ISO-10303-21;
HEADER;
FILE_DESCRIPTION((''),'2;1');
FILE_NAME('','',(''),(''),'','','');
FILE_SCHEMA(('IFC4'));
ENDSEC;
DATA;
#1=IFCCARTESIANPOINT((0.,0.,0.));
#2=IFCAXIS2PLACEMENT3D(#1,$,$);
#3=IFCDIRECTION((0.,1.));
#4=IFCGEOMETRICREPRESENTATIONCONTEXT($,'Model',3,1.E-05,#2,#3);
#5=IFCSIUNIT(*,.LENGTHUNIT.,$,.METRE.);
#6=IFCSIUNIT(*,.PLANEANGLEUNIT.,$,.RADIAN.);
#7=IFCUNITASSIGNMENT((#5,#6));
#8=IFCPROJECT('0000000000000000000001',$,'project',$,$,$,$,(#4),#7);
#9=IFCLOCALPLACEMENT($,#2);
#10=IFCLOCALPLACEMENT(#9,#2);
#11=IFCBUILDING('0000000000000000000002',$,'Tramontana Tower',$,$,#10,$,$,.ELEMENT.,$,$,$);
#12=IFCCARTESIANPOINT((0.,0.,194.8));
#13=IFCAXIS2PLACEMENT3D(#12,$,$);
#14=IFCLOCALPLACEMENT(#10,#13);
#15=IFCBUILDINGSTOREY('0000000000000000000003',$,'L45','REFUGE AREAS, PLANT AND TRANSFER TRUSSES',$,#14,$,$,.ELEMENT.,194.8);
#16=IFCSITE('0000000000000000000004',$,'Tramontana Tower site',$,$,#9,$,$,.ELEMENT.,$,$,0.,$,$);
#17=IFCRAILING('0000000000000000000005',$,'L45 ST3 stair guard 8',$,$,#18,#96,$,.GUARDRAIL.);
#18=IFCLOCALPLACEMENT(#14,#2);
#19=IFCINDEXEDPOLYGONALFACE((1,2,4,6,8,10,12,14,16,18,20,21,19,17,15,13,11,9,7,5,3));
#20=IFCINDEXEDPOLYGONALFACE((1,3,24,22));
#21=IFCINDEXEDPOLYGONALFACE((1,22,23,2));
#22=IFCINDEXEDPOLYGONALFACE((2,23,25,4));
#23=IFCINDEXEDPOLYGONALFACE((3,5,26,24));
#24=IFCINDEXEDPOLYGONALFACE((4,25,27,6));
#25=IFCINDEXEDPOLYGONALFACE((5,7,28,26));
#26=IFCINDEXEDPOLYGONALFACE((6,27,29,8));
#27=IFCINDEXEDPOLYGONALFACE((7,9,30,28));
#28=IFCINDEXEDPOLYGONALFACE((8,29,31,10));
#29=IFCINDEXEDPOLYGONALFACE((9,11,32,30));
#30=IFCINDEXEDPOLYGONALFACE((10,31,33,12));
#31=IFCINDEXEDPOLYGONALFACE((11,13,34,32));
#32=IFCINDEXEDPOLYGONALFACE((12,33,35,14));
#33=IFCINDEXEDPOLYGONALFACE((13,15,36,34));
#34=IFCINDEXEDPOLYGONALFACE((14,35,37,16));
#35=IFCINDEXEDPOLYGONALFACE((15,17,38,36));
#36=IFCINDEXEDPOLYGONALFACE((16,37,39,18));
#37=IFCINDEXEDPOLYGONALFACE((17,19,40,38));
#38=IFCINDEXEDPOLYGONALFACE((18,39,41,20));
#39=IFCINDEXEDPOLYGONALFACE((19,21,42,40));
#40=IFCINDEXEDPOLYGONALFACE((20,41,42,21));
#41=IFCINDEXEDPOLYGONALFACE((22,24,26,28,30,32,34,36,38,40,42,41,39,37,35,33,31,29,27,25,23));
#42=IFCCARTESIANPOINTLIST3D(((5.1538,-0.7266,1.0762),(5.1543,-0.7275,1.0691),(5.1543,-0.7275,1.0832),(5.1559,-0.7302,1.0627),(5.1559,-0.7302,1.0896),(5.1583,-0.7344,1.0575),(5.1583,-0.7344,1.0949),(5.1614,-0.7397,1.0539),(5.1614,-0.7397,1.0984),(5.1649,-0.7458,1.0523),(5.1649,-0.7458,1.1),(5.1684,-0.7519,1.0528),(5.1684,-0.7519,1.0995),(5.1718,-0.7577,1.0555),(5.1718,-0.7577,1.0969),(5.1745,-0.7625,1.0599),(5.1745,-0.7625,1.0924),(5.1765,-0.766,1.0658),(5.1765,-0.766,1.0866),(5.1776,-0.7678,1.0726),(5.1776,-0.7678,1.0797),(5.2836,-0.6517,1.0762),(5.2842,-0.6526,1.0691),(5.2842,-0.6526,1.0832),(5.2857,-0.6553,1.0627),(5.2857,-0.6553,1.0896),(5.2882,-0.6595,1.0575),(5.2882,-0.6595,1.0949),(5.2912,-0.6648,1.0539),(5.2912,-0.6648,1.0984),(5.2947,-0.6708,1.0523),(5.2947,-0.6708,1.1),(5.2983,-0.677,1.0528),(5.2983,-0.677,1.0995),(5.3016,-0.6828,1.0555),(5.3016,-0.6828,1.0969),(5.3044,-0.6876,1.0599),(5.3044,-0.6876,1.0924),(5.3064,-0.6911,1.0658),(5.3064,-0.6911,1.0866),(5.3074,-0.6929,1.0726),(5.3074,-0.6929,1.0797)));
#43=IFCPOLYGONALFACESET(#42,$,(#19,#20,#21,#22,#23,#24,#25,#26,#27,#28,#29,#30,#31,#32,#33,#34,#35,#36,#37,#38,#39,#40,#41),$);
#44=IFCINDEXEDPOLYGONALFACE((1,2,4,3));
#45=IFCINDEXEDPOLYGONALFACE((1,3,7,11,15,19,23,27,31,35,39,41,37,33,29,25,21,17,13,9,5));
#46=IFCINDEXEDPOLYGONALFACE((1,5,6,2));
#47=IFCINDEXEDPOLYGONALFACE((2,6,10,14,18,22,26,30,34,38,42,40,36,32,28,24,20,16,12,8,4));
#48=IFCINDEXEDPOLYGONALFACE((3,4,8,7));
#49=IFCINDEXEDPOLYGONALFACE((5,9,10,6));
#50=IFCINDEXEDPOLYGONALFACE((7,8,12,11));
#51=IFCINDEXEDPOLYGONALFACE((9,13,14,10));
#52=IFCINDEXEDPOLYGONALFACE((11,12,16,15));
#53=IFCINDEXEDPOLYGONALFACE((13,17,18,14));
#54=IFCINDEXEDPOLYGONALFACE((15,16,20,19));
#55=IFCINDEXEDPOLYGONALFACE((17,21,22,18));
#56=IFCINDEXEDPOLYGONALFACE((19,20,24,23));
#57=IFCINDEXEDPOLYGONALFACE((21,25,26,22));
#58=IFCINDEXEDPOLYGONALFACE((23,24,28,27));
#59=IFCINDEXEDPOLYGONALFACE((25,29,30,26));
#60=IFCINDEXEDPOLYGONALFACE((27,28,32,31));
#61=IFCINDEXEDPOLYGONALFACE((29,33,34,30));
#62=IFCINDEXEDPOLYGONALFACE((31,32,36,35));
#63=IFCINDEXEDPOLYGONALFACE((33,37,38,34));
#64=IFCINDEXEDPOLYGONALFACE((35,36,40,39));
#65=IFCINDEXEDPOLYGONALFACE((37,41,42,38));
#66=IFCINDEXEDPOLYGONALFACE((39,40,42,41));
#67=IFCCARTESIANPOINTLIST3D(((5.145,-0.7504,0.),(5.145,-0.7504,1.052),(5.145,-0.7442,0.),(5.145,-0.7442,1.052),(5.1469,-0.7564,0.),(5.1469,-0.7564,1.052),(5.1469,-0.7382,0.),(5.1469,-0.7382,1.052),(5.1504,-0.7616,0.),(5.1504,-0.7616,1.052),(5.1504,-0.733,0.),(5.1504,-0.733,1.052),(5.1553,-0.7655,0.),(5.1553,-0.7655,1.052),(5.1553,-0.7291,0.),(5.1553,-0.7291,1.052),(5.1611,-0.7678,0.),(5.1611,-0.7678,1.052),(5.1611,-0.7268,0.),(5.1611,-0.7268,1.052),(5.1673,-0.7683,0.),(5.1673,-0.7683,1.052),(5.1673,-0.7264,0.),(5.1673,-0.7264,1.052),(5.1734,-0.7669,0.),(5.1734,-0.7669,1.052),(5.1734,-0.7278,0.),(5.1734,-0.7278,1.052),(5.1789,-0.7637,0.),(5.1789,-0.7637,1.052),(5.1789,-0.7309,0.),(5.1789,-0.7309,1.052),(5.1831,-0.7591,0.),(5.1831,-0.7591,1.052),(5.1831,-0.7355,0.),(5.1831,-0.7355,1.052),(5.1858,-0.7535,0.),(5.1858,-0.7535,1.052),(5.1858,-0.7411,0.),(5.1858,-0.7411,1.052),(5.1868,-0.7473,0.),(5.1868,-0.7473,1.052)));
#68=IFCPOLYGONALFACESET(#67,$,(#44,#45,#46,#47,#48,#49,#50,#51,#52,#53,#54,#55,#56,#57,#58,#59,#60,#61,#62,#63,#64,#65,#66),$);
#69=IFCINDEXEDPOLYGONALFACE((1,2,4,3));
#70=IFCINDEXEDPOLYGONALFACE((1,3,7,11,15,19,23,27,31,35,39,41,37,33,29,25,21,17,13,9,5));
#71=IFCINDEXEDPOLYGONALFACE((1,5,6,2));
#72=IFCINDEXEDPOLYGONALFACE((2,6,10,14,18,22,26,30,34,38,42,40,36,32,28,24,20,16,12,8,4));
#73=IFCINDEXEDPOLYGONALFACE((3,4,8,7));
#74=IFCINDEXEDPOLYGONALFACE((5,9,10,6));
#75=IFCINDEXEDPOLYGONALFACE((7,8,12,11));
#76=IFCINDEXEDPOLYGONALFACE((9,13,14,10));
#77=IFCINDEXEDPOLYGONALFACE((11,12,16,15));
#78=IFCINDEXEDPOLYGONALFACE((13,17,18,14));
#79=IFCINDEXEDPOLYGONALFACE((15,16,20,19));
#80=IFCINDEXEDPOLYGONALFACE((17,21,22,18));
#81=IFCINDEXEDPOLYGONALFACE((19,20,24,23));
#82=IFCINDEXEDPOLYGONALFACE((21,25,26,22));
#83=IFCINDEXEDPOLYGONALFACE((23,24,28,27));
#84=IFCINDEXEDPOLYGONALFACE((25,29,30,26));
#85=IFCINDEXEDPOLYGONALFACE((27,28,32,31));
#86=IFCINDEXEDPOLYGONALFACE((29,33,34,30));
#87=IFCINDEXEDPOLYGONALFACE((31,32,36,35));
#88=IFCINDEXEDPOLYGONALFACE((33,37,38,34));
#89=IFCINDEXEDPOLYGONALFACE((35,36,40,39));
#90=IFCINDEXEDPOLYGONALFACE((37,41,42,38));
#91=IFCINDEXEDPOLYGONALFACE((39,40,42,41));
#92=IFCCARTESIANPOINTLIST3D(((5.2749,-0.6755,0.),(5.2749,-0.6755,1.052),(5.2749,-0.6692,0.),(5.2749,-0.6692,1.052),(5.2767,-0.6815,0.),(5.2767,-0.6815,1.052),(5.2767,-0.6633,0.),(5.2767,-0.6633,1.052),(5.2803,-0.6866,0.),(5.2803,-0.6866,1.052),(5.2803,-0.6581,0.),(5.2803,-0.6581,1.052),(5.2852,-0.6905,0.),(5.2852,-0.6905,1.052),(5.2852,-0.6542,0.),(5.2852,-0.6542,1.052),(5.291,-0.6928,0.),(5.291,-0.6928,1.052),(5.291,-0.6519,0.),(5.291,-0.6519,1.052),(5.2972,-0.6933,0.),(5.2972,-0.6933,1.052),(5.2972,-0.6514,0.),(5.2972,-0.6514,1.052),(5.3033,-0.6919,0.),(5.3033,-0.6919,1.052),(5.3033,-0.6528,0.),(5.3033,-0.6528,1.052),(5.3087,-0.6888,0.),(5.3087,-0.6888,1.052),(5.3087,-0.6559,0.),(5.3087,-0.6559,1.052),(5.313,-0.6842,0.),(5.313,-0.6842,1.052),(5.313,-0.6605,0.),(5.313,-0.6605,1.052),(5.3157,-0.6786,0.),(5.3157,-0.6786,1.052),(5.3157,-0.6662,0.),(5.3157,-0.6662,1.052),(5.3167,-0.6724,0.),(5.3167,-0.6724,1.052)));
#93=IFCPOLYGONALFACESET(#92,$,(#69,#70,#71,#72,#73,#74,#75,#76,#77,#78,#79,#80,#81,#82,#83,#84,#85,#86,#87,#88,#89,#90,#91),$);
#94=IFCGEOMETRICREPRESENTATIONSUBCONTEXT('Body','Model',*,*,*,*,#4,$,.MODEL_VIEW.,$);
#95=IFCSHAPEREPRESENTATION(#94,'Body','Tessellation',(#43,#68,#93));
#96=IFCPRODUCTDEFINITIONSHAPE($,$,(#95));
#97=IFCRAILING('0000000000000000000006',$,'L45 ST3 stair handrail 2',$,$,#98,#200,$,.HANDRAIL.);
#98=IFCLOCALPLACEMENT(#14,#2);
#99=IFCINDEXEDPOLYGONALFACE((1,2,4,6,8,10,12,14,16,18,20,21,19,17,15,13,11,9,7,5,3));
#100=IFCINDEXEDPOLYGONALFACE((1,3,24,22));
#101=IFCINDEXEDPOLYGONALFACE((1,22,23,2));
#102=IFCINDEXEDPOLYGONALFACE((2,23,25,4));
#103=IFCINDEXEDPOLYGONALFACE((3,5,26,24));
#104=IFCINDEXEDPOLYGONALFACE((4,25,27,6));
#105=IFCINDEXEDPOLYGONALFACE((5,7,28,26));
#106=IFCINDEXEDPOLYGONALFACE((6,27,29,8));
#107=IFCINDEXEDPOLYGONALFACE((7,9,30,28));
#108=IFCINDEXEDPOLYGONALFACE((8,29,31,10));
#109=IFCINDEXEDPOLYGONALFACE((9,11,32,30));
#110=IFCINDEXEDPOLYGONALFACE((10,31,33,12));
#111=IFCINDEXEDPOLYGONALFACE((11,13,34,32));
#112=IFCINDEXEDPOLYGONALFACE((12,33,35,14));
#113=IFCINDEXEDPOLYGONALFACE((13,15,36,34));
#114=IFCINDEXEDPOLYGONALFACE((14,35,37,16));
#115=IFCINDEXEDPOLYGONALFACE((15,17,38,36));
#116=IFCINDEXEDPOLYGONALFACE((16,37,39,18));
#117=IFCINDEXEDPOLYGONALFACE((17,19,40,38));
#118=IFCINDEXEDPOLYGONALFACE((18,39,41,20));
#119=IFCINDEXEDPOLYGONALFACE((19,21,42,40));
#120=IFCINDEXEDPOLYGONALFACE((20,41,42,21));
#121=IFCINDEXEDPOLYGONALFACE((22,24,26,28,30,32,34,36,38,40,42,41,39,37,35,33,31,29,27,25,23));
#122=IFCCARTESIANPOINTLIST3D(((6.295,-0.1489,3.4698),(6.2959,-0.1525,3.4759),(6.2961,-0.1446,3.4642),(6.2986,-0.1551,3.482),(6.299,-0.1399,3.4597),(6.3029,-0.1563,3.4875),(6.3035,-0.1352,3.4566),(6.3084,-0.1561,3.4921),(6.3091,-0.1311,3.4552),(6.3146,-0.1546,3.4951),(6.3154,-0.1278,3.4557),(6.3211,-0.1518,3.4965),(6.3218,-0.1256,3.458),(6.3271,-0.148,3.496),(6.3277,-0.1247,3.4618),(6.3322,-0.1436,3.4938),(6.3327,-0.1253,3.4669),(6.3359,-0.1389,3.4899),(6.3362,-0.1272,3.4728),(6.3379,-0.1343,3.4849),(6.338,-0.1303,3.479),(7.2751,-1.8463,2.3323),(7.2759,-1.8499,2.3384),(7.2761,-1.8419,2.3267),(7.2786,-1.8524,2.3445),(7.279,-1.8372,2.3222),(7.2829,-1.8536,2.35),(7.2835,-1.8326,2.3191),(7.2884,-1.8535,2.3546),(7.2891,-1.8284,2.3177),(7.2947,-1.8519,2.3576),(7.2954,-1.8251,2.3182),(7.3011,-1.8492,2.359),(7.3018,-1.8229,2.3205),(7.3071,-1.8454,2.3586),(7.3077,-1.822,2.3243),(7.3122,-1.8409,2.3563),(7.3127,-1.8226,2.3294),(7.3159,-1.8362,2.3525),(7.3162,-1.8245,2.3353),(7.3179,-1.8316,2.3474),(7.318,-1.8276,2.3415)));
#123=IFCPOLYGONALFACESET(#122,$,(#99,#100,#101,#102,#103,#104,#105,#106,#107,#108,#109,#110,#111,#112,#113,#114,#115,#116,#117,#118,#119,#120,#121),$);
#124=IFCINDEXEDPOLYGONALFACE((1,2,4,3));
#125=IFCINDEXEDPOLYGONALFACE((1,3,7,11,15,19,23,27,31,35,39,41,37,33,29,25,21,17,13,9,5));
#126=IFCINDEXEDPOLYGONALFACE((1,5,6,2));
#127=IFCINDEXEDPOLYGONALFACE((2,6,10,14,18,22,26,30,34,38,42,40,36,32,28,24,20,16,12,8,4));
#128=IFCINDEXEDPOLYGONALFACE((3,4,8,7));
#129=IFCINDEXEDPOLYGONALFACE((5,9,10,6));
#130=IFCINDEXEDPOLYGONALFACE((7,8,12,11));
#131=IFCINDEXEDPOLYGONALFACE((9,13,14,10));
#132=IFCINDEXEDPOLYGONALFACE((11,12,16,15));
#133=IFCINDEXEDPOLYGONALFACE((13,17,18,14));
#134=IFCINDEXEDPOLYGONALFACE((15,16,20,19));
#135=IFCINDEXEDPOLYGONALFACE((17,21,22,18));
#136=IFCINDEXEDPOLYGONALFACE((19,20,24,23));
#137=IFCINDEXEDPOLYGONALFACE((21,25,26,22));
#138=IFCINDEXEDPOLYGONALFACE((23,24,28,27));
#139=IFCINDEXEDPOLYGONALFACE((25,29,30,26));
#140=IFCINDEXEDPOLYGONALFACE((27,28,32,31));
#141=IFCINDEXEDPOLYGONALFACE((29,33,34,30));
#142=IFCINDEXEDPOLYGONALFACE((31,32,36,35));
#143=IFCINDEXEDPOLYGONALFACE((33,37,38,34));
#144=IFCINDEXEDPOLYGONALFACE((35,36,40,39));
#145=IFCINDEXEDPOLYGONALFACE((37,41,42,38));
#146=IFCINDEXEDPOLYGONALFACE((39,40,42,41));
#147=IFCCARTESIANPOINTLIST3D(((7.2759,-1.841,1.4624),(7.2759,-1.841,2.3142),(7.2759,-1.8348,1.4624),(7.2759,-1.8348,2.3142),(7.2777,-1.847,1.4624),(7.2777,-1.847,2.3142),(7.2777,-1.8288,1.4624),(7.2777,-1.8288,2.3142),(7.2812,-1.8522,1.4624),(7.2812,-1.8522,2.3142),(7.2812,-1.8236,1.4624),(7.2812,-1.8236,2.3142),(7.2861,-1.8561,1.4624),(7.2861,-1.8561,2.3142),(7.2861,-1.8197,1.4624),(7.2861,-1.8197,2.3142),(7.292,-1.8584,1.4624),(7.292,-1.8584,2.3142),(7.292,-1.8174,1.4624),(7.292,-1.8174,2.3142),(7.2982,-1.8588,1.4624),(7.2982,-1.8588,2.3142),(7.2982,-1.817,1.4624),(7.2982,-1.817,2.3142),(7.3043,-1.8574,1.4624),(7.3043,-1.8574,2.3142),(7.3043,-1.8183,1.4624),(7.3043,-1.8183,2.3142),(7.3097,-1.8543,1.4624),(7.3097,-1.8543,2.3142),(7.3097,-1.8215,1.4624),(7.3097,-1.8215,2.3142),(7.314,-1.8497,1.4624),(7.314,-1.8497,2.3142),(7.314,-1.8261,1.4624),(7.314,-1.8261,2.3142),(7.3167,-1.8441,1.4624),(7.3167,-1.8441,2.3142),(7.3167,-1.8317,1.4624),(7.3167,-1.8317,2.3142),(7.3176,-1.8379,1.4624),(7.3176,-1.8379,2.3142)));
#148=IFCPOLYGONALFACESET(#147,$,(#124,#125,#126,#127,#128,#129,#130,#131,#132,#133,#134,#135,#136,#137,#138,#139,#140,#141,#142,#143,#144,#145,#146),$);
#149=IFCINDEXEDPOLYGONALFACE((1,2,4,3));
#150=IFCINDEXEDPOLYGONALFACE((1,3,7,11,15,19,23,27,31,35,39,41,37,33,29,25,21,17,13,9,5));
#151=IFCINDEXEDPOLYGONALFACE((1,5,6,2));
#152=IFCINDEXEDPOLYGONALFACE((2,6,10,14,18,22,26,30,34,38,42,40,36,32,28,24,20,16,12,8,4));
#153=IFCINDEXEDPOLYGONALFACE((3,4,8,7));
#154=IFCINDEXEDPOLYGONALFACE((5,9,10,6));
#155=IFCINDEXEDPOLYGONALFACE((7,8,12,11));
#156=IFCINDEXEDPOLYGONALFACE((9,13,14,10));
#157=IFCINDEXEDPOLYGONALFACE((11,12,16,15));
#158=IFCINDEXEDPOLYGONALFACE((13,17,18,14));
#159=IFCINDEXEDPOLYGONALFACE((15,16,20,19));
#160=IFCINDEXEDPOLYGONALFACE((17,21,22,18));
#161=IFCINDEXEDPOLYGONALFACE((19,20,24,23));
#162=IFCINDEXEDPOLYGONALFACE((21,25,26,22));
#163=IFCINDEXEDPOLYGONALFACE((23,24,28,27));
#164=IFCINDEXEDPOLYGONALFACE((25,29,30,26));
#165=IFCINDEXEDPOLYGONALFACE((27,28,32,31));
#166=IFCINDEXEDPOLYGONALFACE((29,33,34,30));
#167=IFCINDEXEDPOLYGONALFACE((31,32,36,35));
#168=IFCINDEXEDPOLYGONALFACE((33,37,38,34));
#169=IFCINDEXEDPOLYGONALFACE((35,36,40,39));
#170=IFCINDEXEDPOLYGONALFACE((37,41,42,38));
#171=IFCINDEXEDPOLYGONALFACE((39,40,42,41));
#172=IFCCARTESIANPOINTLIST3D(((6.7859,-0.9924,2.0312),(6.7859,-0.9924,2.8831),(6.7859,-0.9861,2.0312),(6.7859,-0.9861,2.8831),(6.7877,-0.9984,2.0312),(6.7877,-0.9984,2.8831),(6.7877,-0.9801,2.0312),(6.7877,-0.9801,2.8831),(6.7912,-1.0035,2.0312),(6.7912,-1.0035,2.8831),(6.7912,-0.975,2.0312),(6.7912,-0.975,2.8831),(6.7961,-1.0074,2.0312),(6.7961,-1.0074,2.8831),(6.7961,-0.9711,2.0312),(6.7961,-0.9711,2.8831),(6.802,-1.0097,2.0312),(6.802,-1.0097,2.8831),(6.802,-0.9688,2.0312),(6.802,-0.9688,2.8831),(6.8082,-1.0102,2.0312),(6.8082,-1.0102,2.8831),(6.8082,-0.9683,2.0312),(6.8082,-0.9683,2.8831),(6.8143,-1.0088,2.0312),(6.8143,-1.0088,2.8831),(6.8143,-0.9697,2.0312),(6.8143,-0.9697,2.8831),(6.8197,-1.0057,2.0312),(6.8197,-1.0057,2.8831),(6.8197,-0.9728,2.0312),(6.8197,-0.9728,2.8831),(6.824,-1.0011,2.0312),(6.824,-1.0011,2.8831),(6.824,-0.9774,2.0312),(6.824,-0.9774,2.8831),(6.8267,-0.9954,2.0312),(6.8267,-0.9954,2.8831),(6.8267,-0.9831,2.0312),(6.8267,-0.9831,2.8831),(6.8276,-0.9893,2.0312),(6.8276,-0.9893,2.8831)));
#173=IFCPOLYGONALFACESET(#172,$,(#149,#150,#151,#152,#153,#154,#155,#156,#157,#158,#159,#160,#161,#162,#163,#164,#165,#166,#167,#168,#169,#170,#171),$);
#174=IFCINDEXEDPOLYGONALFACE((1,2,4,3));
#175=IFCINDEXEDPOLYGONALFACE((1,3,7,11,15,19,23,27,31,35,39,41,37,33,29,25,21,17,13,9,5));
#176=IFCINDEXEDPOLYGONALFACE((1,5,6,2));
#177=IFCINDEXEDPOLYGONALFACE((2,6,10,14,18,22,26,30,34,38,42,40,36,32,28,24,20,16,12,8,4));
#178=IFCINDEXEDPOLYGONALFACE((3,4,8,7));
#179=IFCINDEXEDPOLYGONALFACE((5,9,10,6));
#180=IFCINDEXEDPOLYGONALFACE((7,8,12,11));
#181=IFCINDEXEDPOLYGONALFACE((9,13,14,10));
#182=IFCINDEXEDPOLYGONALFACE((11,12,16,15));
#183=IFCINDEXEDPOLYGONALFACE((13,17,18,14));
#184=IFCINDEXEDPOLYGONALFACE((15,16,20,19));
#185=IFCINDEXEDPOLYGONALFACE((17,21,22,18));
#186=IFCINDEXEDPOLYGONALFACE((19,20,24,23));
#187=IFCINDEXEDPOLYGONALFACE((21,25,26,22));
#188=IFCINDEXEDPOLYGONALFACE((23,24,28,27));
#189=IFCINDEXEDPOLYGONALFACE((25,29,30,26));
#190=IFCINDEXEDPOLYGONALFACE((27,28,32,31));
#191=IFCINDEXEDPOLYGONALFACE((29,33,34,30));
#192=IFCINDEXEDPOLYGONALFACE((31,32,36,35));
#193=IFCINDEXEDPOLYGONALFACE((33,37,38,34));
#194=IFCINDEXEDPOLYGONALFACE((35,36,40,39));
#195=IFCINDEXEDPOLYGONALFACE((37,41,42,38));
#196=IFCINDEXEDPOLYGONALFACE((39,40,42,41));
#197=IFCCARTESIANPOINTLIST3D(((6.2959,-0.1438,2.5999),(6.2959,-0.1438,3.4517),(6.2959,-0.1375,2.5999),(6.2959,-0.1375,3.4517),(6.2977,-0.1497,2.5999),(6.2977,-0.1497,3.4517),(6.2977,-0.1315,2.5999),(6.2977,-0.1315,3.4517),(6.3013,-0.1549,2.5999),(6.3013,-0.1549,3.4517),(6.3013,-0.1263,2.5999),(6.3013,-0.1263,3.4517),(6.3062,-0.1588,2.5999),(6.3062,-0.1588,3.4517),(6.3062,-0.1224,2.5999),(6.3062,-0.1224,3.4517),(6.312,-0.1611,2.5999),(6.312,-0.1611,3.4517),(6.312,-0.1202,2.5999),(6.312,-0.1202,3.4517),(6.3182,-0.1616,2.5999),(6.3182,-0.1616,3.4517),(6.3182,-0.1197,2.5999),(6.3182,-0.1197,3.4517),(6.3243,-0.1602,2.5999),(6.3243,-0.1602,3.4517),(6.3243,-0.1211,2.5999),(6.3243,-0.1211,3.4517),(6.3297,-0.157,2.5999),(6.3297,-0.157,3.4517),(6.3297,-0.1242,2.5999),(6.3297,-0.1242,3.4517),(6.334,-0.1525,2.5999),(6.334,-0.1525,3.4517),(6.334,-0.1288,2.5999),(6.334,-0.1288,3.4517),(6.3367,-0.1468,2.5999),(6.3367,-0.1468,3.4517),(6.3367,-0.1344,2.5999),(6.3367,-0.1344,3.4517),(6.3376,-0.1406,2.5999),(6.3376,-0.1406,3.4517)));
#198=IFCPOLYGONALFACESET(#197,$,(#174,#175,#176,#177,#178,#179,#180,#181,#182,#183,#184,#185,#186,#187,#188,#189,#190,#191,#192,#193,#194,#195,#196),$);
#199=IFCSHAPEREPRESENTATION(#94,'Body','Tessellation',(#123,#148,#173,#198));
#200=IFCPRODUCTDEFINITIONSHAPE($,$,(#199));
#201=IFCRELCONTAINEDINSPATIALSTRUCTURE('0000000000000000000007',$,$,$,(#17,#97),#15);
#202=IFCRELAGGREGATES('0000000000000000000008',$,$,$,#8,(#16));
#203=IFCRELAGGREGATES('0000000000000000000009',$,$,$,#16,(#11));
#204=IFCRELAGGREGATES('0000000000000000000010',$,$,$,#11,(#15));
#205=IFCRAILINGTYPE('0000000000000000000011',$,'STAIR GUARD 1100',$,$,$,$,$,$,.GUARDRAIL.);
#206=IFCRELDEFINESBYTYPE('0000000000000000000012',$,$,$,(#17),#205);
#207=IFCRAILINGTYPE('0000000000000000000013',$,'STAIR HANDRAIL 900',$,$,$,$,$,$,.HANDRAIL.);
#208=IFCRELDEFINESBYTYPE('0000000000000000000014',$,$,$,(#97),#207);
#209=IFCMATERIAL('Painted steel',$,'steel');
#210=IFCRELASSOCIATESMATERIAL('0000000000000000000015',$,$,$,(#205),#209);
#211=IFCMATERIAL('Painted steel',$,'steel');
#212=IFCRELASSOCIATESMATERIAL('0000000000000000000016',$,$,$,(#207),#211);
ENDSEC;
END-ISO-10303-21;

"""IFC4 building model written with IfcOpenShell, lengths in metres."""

from ifc_helpers import new_model, si_unit, direction, frame, origin, origin_2d, place, context, subcontext, project, spatial, circle, extrude, material, type_object, element, save


model = new_model("IFC4")

# Units and contexts
model_context = context("Model", 3, precision=1e-05, world=origin(), true_north=direction((0.0, 1.0)))
body_context = subcontext(model_context, "Body", "Model", "MODEL_VIEW")
ifc_project = project(units=[si_unit("LENGTHUNIT", "METRE"), si_unit("PLANEANGLEUNIT", "RADIAN")], contexts=[model_context])

# Site, building, storey
site_placement = place(None, origin())
site = spatial("IfcSite", under=ifc_project, at=site_placement, Name="Tramontana Tower site", CompositionType="ELEMENT", RefElevation=0.0)
building_placement = place(site_placement, origin())
building = spatial("IfcBuilding", under=site, at=building_placement, Name="Tramontana Tower", CompositionType="ELEMENT")
storey_placement = place(building_placement, frame((0.0, 0.0, 194.8)))
storey = spatial("IfcBuildingStorey", under=building, at=storey_placement, Name="L45", Description="REFUGE AREAS, PLANT AND TRANSFER TRUSSES", CompositionType="ELEMENT", Elevation=194.8)

# Railings
ifc_material_1 = material(Name="Painted steel", Category="steel")
railing_type_1 = type_object("IfcRailingType", Name="STAIR GUARD 1100", PredefinedType="GUARDRAIL", material=ifc_material_1)
for number, where, name in (
    (1, (5.1658, -0.7473, 0.0), "L45 ST3 stair guard 8"),
):
    element("IfcRailing", number, at=place(storey_placement, frame(where)), inside=storey, type_object=railing_type_1, Name=name, PredefinedType="GUARDRAIL", context=body_context, shape_type="SweptSolid", body=[
        extrude(circle(Radius=0.0239, at=origin_2d()), frame((0.0, 0.0, 1.0762), z_axis=(0.866131, 0.499816, 0.0), x_axis=(-0.499816, 0.866131, 0.0)), (0.0, 0.0, 1.0), 0.1499),
        extrude(circle(Radius=0.021, at=origin_2d()), origin(), (0.0, 0.0, 1.0), 1.052),
        extrude(circle(Radius=0.021, at=origin_2d()), frame((0.1299, 0.075, 0.0)), (0.0, 0.0, 1.0), 1.052),
    ])
ifc_material_2 = material(Name="Painted steel", Category="steel")
railing_type_2 = type_object("IfcRailingType", Name="STAIR HANDRAIL 900", PredefinedType="HANDRAIL", material=ifc_material_2)
for number, where, name in (
    (2, (7.2966, -1.8379, 1.4624), "L45 ST3 stair handrail 2"),
):
    element("IfcRailing", number, at=place(storey_placement, frame(where)), inside=storey, type_object=railing_type_2, Name=name, PredefinedType="HANDRAIL", context=body_context, shape_type="SweptSolid", body=[
        extrude(circle(Radius=0.0239, at=origin_2d()), frame((0.0, 0.0, 0.876), z_axis=(-0.432467, 0.749006, 0.501959), x_axis=(-0.866011, -0.500024, 0.0)), (0.0, 0.0, 1.0), 2.2661),
        extrude(circle(Radius=0.021, at=origin_2d()), origin(), (0.0, 0.0, 1.0), 0.8518),
        extrude(circle(Radius=0.021, at=origin_2d()), frame((-0.49, 0.8486, 0.5688)), (0.0, 0.0, 1.0), 0.8518),
        extrude(circle(Radius=0.021, at=origin_2d()), frame((-0.98, 1.6973, 1.1375)), (0.0, 0.0, 1.0), 0.8518),
    ])

save(model, "model.ifc")
